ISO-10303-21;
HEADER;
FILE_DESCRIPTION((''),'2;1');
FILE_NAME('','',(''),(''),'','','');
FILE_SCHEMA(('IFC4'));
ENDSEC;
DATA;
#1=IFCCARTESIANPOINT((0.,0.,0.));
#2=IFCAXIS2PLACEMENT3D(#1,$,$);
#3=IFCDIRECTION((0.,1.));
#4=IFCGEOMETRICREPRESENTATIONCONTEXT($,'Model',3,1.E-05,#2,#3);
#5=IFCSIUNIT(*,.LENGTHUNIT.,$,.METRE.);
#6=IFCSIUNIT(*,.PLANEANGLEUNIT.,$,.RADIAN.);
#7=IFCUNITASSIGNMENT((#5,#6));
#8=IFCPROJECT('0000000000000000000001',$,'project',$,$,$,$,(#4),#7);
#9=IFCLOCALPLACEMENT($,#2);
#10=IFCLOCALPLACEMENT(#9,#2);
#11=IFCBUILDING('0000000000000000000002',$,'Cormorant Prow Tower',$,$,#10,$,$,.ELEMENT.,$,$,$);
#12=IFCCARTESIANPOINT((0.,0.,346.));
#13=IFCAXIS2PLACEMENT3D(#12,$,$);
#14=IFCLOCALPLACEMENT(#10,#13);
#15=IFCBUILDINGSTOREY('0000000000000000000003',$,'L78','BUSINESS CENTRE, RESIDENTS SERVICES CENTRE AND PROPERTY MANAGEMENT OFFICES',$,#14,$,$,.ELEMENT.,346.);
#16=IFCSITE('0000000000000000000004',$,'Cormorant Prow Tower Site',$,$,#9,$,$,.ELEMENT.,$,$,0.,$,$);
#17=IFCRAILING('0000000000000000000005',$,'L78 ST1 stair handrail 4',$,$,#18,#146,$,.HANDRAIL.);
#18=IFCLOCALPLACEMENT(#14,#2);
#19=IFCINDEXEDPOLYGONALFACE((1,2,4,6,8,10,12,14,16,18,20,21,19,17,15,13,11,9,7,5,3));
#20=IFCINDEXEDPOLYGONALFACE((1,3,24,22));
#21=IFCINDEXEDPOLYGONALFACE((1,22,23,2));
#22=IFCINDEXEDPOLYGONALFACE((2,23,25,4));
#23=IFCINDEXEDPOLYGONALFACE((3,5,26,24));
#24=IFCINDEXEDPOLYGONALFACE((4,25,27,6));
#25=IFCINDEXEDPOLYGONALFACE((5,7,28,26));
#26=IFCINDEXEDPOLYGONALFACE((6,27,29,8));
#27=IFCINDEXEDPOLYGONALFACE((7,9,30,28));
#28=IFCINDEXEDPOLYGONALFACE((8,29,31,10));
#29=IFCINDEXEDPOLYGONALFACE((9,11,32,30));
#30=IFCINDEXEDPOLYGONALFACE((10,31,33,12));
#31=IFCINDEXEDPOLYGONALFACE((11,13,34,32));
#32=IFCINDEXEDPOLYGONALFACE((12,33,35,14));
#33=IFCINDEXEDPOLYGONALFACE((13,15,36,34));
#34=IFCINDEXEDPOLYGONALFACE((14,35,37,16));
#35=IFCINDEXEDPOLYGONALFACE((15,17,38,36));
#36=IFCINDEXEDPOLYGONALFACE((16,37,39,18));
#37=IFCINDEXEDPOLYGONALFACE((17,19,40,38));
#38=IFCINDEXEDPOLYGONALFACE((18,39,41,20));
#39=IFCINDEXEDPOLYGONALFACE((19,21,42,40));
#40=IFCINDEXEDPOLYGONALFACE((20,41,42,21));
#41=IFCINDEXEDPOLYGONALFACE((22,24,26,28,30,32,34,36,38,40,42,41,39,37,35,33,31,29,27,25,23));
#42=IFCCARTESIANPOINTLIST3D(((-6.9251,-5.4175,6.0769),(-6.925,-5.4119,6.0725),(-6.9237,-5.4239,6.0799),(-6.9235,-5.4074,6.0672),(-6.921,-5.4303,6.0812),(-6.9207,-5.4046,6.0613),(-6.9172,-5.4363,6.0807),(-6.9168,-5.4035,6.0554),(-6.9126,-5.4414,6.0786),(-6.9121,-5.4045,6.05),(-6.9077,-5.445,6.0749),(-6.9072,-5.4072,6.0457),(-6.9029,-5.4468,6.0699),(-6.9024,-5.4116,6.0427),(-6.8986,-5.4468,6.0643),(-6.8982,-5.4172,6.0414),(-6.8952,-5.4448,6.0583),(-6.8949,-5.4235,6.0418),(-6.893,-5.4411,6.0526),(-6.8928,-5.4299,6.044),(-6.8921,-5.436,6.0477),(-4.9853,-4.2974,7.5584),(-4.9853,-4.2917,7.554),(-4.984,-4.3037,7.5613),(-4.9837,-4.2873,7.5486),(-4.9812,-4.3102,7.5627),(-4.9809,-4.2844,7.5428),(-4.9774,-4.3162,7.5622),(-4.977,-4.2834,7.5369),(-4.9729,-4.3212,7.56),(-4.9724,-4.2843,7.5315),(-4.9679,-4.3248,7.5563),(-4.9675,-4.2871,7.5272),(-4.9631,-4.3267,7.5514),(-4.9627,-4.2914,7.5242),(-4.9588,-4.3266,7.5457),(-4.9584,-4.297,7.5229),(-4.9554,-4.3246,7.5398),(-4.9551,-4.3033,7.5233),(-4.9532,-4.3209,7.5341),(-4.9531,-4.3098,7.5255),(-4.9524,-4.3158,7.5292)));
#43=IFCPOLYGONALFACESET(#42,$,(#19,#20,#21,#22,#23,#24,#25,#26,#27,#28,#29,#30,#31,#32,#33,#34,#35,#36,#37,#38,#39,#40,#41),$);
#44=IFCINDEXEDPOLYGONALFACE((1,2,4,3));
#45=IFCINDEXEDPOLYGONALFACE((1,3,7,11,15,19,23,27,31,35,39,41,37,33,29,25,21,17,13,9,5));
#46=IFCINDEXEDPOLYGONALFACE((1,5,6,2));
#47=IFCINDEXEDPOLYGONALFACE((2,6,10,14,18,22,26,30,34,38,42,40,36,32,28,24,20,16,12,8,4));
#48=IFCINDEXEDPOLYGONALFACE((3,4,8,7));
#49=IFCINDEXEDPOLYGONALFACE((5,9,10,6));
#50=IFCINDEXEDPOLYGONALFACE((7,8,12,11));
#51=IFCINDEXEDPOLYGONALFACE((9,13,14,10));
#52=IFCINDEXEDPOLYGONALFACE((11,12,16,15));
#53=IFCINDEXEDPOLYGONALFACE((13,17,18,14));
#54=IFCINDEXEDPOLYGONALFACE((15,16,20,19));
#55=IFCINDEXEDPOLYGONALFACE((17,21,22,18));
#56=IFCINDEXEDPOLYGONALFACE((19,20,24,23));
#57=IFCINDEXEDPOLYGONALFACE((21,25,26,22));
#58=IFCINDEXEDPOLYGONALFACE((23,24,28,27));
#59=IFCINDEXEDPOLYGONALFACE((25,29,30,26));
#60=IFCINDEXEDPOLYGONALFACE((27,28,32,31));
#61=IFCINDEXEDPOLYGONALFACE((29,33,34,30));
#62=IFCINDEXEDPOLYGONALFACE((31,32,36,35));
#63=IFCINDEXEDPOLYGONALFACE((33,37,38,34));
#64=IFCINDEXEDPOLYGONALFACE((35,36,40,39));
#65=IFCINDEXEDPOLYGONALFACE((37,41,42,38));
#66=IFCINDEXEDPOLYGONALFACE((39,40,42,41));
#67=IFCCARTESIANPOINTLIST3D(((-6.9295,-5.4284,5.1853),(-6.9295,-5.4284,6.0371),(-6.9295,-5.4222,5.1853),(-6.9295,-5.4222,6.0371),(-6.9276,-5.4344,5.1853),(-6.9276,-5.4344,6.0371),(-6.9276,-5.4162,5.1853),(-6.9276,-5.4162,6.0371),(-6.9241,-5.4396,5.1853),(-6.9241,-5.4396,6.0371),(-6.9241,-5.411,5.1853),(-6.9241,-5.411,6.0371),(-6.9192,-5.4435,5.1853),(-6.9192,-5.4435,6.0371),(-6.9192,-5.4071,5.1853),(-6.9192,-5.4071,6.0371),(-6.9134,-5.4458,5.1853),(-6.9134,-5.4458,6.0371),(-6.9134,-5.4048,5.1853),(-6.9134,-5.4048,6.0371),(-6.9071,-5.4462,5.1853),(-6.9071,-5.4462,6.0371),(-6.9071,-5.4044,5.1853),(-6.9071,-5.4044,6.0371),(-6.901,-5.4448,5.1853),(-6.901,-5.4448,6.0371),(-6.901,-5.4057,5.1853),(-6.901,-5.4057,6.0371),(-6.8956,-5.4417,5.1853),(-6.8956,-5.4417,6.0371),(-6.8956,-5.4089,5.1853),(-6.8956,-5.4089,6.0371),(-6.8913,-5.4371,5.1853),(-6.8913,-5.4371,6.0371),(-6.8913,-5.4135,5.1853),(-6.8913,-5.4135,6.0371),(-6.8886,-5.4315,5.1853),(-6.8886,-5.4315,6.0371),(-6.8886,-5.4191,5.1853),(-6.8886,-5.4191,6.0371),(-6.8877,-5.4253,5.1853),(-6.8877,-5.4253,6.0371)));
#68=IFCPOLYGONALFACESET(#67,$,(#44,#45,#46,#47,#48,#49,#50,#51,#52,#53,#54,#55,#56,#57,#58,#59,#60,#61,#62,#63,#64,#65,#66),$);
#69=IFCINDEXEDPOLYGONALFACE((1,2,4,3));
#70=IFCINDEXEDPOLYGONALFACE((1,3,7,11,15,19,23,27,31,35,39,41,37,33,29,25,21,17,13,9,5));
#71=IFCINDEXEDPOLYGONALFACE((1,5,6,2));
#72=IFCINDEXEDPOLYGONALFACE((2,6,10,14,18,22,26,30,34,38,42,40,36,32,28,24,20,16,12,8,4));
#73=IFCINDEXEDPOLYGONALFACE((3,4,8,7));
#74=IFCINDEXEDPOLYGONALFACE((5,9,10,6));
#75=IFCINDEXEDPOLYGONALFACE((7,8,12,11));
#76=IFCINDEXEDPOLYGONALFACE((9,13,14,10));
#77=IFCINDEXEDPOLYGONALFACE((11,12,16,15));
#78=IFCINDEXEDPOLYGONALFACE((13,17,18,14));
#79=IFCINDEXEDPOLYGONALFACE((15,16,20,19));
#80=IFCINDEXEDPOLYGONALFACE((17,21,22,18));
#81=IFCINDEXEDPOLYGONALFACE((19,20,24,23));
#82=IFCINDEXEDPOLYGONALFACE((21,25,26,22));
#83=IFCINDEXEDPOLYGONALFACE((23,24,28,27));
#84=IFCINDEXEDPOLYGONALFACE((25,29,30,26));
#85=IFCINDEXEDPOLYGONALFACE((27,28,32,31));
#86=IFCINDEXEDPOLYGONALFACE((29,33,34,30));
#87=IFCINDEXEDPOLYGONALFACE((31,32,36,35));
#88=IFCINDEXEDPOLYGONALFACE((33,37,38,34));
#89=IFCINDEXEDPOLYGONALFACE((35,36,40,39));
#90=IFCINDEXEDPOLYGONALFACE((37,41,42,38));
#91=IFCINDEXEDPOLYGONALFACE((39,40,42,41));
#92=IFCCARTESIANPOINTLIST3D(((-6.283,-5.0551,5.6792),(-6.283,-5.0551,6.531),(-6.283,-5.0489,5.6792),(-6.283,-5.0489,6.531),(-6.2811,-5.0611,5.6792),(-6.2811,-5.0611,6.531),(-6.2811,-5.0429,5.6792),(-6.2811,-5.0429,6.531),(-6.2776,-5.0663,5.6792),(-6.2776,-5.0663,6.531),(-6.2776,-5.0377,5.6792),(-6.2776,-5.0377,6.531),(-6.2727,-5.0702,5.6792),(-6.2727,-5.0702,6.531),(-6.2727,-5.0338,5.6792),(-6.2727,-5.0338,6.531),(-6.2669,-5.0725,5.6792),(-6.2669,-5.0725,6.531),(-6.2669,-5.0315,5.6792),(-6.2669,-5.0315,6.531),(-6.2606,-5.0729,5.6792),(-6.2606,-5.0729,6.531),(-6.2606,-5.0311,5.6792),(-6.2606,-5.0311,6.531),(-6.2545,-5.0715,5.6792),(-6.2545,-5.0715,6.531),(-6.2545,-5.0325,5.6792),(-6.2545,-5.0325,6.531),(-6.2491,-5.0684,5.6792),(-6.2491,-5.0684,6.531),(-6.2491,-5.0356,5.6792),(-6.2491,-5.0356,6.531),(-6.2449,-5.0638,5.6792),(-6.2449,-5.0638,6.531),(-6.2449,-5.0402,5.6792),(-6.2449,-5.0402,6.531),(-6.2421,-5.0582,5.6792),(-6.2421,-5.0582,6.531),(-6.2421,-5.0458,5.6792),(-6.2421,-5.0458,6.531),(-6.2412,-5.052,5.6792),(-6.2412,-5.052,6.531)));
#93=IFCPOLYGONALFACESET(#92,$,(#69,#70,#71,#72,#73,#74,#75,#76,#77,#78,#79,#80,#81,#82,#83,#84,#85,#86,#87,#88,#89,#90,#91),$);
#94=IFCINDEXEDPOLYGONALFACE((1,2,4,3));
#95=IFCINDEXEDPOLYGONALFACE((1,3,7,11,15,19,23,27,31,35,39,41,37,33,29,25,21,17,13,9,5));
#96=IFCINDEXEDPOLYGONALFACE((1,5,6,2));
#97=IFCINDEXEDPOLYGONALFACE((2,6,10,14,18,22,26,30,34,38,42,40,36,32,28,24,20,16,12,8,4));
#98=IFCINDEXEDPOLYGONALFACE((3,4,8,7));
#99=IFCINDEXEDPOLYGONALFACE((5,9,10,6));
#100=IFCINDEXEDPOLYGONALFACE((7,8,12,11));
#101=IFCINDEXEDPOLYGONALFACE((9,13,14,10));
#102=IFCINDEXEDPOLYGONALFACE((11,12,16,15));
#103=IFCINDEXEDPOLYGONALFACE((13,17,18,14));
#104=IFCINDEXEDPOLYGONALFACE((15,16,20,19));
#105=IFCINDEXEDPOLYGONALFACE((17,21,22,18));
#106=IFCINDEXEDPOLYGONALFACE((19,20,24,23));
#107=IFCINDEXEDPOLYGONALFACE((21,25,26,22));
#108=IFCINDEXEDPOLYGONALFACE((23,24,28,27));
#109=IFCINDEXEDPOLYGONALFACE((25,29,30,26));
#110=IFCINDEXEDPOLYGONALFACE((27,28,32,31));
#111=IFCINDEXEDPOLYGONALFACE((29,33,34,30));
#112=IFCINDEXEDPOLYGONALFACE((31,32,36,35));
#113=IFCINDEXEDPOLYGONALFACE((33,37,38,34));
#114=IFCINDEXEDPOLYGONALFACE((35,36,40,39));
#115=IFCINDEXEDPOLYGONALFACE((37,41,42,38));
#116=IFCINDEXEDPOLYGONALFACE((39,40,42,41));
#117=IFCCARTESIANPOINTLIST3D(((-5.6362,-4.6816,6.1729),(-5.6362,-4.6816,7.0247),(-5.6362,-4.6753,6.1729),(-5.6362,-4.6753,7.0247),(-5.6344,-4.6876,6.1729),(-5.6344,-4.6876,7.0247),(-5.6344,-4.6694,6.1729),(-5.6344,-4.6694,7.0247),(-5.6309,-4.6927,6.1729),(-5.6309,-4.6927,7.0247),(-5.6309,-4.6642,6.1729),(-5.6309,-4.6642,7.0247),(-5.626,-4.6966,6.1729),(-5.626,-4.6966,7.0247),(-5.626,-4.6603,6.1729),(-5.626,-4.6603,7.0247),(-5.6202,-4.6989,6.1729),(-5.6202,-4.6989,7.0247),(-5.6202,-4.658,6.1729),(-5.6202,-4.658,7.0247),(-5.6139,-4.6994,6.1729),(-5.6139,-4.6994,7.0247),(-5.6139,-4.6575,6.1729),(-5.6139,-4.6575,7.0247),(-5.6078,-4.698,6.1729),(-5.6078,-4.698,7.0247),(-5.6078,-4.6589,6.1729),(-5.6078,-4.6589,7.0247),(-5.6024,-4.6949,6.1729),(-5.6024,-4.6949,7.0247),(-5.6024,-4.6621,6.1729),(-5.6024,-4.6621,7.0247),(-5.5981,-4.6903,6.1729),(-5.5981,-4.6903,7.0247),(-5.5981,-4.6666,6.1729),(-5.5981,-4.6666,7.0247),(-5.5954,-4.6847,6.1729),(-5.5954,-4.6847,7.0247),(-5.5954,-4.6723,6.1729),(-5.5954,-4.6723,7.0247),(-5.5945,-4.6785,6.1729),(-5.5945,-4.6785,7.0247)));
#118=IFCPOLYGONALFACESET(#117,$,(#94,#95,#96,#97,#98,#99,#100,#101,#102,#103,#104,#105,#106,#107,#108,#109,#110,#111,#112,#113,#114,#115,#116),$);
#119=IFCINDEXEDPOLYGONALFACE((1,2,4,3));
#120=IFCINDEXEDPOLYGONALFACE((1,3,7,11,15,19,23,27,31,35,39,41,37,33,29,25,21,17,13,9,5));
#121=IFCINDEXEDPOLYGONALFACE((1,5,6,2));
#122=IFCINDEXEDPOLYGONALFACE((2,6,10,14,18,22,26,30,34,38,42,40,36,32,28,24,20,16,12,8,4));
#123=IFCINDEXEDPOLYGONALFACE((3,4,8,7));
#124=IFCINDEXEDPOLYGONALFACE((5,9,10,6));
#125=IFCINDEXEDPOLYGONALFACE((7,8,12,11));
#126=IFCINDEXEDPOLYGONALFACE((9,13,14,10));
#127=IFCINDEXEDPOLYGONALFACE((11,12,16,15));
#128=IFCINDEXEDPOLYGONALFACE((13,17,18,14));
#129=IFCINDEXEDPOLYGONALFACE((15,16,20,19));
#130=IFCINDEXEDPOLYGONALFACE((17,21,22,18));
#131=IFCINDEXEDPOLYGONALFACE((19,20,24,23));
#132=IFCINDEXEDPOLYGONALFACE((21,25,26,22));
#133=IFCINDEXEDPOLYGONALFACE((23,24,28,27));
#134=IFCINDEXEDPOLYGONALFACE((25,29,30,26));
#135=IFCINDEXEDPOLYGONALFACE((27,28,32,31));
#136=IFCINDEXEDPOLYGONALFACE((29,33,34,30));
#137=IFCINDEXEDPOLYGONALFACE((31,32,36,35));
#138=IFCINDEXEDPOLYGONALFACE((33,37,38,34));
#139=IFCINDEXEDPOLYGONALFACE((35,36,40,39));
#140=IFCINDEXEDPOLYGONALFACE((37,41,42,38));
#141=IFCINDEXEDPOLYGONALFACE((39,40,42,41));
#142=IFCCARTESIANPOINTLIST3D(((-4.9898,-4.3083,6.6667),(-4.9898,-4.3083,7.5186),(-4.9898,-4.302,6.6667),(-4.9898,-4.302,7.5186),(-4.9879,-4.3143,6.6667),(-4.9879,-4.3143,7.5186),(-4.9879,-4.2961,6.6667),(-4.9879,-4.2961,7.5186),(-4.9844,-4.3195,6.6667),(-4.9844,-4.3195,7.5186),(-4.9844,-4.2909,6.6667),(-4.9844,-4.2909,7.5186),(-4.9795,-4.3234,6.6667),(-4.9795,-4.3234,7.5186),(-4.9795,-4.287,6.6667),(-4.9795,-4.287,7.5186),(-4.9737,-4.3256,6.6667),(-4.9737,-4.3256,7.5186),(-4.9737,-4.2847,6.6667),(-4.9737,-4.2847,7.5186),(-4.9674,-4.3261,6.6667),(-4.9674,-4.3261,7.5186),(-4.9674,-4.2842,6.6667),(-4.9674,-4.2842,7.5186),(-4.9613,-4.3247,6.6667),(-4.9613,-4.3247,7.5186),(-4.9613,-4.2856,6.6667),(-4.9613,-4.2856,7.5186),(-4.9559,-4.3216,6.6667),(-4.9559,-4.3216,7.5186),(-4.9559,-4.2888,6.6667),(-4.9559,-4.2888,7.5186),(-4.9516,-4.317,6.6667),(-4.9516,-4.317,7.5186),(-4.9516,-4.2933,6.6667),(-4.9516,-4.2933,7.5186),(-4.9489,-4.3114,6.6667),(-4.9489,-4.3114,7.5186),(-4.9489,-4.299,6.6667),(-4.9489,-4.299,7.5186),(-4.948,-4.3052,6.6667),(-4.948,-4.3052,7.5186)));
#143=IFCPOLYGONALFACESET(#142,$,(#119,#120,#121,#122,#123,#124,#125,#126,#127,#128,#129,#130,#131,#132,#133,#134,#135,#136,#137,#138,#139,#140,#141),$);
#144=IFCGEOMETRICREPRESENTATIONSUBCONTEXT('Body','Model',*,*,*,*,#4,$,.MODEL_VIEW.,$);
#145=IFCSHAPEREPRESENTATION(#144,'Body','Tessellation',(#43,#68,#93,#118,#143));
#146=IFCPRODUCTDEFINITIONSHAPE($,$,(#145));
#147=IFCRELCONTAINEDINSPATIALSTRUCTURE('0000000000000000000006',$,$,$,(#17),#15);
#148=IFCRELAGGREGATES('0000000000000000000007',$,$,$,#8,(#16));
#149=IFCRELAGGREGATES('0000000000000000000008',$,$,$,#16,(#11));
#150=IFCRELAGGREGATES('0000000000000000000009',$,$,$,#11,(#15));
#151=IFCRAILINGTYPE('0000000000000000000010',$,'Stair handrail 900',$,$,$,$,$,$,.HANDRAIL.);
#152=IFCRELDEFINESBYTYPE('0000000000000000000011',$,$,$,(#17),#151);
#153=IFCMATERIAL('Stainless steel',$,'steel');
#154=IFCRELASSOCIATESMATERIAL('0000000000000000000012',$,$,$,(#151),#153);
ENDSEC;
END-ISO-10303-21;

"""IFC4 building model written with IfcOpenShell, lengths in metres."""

from ifc_helpers import new_model, si_unit, direction, frame, origin, origin_2d, place, context, subcontext, project, spatial, circle, extrude, material, type_object, element, save


model = new_model("IFC4")

# Units and contexts
model_context = context("Model", 3, precision=1e-05, world=origin(), true_north=direction((0.0, 1.0)))
body_context = subcontext(model_context, "Body", "Model", "MODEL_VIEW")
ifc_project = project(units=[si_unit("LENGTHUNIT", "METRE"), si_unit("PLANEANGLEUNIT", "RADIAN")], contexts=[model_context])

# Site, building, storey
site_placement = place(None, origin())
site = spatial("IfcSite", under=ifc_project, at=site_placement, Name="Cormorant Prow Tower Site", CompositionType="ELEMENT", RefElevation=0.0)
building_placement = place(site_placement, origin())
building = spatial("IfcBuilding", under=site, at=building_placement, Name="Cormorant Prow Tower", CompositionType="ELEMENT")
storey_placement = place(building_placement, frame((0.0, 0.0, 346.0)))
storey = spatial("IfcBuildingStorey", under=building, at=storey_placement, Name="L78", Description="BUSINESS CENTRE, RESIDENTS SERVICES CENTRE AND PROPERTY MANAGEMENT OFFICES", CompositionType="ELEMENT", Elevation=346.0)

# Railing
ifc_material_1 = material(Name="Stainless steel", Category="steel")
railing_type = type_object("IfcRailingType", Name="Stair handrail 900", PredefinedType="HANDRAIL", material=ifc_material_1)
for number, where, name in (
    (1, (-6.9087, -5.4253, 5.1853), "L78 ST1 stair handrail 4"),
):
    element("IfcRailing", number, at=place(storey_placement, frame(where)), inside=storey, type_object=railing_type, Name=name, PredefinedType="HANDRAIL", context=body_context, shape_type="SweptSolid", body=[
        extrude(circle(Radius=0.0239, at=origin_2d()), frame((0.0, 0.0, 0.876), z_axis=(0.722292, 0.417102, 0.551651), x_axis=(-0.500078, 0.86598, 0.0)), (0.0, 0.0, 1.0), 2.6855),
        extrude(circle(Radius=0.021, at=origin_2d()), origin(), (0.0, 0.0, 1.0), 0.8518),
        extrude(circle(Radius=0.021, at=origin_2d()), frame((0.6465, 0.3733, 0.4939)), (0.0, 0.0, 1.0), 0.8518),
        extrude(circle(Radius=0.021, at=origin_2d()), frame((1.2932, 0.7468, 0.9875)), (0.0, 0.0, 1.0), 0.8518),
        extrude(circle(Radius=0.021, at=origin_2d()), frame((1.9397, 1.1201, 1.4814)), (0.0, 0.0, 1.0), 0.8518),
    ])

save(model, "model.ifc")
